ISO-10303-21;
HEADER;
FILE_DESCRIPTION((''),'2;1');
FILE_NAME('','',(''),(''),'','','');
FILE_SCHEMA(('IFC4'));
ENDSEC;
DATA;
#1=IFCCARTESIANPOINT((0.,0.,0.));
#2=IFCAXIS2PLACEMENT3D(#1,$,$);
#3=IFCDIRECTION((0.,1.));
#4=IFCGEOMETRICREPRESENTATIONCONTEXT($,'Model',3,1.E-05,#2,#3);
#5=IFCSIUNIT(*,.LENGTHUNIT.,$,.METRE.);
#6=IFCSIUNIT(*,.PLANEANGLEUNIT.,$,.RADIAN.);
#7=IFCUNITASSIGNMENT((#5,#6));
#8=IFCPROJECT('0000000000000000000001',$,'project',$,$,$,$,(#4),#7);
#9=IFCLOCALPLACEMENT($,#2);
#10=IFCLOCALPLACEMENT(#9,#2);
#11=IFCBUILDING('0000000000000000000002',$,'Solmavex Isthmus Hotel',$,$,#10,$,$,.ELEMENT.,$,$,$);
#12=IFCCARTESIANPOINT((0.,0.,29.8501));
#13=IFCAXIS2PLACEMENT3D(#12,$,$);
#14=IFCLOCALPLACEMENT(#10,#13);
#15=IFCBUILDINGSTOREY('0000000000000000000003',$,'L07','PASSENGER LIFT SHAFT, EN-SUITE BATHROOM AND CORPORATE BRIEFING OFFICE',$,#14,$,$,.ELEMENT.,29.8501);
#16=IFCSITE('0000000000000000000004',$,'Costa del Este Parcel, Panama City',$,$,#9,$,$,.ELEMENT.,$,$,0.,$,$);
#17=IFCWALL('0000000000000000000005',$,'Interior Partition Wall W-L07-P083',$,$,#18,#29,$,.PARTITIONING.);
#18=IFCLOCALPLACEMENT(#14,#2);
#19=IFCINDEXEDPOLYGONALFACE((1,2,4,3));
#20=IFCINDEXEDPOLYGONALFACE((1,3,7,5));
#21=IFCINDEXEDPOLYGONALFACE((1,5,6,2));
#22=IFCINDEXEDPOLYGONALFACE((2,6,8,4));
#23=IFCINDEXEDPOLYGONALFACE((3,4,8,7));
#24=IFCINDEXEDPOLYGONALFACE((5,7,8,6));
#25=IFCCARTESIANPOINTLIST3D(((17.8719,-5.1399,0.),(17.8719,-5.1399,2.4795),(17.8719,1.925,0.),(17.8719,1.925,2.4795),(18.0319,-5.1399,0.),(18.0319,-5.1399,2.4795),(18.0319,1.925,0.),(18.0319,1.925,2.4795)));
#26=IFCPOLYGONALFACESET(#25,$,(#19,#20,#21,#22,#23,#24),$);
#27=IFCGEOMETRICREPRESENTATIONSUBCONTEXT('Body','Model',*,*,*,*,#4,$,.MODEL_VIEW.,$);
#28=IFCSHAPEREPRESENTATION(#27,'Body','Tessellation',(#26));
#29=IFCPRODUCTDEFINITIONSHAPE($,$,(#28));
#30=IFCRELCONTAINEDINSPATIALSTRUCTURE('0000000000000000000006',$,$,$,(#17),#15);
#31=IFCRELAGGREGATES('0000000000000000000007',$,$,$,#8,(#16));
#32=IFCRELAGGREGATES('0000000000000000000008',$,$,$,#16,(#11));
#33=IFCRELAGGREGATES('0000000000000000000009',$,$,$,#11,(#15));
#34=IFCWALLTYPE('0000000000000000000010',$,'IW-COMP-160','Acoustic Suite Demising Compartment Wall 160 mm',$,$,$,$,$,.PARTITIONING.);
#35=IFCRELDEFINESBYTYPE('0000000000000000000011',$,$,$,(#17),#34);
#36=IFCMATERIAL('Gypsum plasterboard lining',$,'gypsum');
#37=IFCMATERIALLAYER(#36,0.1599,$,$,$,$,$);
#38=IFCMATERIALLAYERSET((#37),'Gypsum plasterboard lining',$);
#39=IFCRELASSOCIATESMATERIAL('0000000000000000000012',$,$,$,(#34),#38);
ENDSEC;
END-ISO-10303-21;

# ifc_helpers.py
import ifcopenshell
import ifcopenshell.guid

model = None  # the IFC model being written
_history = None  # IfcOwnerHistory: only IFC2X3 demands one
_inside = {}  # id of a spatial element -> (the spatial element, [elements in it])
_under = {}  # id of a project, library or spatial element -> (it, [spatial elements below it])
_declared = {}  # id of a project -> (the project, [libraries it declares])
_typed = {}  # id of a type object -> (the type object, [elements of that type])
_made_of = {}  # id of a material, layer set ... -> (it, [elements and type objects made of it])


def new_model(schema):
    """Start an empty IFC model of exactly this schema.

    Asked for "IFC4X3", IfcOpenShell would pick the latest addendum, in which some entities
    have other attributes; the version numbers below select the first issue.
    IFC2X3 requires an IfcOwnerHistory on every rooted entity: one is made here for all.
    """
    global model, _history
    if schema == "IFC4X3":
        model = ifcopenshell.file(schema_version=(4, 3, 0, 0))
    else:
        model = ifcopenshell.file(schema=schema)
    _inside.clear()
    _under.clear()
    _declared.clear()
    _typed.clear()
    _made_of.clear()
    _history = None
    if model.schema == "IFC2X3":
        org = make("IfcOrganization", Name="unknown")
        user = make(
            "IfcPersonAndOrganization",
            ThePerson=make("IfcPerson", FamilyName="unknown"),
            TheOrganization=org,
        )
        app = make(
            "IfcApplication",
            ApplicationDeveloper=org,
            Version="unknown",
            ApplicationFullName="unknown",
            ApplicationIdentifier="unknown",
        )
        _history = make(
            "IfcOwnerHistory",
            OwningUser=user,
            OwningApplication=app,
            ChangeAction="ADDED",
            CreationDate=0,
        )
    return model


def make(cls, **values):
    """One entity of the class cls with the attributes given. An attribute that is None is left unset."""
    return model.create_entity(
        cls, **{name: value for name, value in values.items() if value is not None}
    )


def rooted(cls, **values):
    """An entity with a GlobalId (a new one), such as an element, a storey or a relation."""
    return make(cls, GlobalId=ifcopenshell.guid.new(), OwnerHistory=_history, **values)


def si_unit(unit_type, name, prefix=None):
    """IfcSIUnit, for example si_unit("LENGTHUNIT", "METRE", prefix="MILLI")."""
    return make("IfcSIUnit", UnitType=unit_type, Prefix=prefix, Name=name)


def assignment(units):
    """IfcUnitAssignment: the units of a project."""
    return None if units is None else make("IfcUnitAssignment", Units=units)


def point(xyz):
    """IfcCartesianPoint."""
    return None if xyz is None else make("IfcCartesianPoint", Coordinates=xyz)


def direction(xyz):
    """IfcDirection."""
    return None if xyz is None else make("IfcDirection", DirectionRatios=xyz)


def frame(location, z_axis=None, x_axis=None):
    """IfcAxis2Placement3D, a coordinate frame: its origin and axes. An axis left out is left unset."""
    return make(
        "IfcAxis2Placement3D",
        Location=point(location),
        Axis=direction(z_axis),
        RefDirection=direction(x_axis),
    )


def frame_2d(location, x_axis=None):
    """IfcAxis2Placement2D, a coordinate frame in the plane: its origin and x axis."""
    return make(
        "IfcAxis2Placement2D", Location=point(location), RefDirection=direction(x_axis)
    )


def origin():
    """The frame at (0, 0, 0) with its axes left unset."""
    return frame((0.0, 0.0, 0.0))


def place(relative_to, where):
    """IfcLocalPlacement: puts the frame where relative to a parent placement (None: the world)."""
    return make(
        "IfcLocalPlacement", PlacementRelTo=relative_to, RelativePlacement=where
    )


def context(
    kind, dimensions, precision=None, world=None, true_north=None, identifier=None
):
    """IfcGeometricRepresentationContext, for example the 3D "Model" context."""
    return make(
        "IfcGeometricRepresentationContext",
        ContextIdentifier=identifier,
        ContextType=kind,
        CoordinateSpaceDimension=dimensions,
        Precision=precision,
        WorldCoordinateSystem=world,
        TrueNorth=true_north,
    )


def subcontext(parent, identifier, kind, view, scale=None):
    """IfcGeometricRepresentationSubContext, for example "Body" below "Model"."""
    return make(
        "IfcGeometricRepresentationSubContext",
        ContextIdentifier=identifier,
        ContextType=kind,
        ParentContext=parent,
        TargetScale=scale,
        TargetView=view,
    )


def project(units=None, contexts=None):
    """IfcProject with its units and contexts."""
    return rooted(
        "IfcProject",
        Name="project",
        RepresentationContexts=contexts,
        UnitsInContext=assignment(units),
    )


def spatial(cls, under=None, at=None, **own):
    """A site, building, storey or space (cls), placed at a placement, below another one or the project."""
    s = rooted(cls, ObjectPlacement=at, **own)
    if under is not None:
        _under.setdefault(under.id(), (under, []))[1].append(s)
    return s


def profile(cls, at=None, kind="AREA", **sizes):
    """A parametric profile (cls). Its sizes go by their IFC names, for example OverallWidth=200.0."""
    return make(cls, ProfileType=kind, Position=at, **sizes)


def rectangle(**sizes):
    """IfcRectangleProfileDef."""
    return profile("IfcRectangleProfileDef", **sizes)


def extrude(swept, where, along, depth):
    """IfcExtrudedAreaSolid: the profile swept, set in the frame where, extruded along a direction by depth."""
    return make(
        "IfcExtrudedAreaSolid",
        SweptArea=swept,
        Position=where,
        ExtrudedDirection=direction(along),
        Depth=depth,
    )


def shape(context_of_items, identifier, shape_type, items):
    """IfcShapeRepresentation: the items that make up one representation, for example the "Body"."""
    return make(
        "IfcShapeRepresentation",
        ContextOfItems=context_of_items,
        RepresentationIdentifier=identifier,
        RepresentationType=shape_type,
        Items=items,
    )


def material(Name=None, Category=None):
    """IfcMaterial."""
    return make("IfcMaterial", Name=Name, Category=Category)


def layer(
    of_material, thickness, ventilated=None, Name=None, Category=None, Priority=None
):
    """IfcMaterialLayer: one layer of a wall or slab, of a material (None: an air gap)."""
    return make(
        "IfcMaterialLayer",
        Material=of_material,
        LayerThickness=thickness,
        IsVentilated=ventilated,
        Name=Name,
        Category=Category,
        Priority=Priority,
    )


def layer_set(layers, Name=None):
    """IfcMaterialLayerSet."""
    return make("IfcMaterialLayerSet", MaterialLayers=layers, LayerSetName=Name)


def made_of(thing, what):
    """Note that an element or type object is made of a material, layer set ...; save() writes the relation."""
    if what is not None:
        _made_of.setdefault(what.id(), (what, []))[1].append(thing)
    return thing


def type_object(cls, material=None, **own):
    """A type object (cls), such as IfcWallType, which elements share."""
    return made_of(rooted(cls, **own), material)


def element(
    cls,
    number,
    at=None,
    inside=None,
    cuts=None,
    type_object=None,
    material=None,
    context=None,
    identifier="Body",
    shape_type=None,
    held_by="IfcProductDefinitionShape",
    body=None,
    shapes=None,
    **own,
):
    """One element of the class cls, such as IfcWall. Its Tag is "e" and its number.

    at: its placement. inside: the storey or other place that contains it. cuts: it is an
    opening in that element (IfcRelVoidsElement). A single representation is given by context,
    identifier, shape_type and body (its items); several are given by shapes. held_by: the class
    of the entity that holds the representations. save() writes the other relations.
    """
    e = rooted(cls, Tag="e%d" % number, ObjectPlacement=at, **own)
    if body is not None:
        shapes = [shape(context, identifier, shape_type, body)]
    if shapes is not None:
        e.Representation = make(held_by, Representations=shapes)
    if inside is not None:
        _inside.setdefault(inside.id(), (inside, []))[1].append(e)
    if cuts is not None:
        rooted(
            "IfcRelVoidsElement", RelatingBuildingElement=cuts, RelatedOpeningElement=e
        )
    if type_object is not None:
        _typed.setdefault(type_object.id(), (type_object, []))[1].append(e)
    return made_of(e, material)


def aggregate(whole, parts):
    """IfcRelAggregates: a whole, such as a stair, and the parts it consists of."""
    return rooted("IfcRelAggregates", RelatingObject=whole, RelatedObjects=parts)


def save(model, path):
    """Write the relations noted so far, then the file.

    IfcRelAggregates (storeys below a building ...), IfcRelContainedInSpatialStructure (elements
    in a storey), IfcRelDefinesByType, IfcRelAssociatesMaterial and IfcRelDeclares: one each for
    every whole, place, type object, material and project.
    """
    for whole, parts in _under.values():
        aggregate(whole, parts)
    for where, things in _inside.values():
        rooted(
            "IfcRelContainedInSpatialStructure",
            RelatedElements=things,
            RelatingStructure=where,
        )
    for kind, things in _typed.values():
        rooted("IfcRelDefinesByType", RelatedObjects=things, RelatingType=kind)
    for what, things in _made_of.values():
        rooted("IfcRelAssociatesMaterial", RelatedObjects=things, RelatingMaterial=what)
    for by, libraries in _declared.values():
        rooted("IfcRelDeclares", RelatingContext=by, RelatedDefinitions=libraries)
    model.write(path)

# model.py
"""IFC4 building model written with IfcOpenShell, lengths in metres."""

from ifc_helpers import new_model, si_unit, direction, frame, frame_2d, origin, place, context, subcontext, project, spatial, rectangle, extrude, material, layer, layer_set, type_object, element, save


model = new_model("IFC4")

# Units and contexts
model_context = context("Model", 3, precision=1e-05, world=origin(), true_north=direction((0.0, 1.0)))
body_context = subcontext(model_context, "Body", "Model", "MODEL_VIEW")
ifc_project = project(units=[si_unit("LENGTHUNIT", "METRE"), si_unit("PLANEANGLEUNIT", "RADIAN")], contexts=[model_context])

# Site, building, storey
site_placement = place(None, origin())
site = spatial("IfcSite", under=ifc_project, at=site_placement, Name="Costa del Este Parcel, Panama City", CompositionType="ELEMENT", RefElevation=0.0)
building_placement = place(site_placement, origin())
building = spatial("IfcBuilding", under=site, at=building_placement, Name="Solmavex Isthmus Hotel", CompositionType="ELEMENT")
storey_placement = place(building_placement, frame((0.0, 0.0, 29.8501)))
storey = spatial("IfcBuildingStorey", under=building, at=storey_placement, Name="L07", Description="PASSENGER LIFT SHAFT, EN-SUITE BATHROOM AND CORPORATE BRIEFING OFFICE", CompositionType="ELEMENT", Elevation=29.8501)

# Wall
ifc_material_1 = material(Name="Gypsum plasterboard lining", Category="gypsum")
ifc_layer_1 = layer(ifc_material_1, 0.1599)
ifc_layer_set_1 = layer_set([ifc_layer_1], Name="Gypsum plasterboard lining")
wall_type_1 = type_object("IfcWallType", Name="IW-COMP-160", Description="Acoustic Suite Demising Compartment Wall 160 mm", PredefinedType="PARTITIONING", material=ifc_layer_set_1)
wall_1_placement = place(storey_placement, frame((17.9519, -5.1399, 0.0), z_axis=(0.0, 0.0, 1.0), x_axis=(0.0, 1.0, 0.0)))
element("IfcWall", 1, at=wall_1_placement, inside=storey, type_object=wall_type_1, Name="Interior Partition Wall W-L07-P083", PredefinedType="PARTITIONING", context=body_context, shape_type="SweptSolid", body=[
    extrude(rectangle(XDim=7.0649, YDim=0.1599, at=frame_2d((3.5325, 0.0))), origin(), (0.0, 0.0, 1.0), 2.4795),
])

save(model, "model.ifc")
